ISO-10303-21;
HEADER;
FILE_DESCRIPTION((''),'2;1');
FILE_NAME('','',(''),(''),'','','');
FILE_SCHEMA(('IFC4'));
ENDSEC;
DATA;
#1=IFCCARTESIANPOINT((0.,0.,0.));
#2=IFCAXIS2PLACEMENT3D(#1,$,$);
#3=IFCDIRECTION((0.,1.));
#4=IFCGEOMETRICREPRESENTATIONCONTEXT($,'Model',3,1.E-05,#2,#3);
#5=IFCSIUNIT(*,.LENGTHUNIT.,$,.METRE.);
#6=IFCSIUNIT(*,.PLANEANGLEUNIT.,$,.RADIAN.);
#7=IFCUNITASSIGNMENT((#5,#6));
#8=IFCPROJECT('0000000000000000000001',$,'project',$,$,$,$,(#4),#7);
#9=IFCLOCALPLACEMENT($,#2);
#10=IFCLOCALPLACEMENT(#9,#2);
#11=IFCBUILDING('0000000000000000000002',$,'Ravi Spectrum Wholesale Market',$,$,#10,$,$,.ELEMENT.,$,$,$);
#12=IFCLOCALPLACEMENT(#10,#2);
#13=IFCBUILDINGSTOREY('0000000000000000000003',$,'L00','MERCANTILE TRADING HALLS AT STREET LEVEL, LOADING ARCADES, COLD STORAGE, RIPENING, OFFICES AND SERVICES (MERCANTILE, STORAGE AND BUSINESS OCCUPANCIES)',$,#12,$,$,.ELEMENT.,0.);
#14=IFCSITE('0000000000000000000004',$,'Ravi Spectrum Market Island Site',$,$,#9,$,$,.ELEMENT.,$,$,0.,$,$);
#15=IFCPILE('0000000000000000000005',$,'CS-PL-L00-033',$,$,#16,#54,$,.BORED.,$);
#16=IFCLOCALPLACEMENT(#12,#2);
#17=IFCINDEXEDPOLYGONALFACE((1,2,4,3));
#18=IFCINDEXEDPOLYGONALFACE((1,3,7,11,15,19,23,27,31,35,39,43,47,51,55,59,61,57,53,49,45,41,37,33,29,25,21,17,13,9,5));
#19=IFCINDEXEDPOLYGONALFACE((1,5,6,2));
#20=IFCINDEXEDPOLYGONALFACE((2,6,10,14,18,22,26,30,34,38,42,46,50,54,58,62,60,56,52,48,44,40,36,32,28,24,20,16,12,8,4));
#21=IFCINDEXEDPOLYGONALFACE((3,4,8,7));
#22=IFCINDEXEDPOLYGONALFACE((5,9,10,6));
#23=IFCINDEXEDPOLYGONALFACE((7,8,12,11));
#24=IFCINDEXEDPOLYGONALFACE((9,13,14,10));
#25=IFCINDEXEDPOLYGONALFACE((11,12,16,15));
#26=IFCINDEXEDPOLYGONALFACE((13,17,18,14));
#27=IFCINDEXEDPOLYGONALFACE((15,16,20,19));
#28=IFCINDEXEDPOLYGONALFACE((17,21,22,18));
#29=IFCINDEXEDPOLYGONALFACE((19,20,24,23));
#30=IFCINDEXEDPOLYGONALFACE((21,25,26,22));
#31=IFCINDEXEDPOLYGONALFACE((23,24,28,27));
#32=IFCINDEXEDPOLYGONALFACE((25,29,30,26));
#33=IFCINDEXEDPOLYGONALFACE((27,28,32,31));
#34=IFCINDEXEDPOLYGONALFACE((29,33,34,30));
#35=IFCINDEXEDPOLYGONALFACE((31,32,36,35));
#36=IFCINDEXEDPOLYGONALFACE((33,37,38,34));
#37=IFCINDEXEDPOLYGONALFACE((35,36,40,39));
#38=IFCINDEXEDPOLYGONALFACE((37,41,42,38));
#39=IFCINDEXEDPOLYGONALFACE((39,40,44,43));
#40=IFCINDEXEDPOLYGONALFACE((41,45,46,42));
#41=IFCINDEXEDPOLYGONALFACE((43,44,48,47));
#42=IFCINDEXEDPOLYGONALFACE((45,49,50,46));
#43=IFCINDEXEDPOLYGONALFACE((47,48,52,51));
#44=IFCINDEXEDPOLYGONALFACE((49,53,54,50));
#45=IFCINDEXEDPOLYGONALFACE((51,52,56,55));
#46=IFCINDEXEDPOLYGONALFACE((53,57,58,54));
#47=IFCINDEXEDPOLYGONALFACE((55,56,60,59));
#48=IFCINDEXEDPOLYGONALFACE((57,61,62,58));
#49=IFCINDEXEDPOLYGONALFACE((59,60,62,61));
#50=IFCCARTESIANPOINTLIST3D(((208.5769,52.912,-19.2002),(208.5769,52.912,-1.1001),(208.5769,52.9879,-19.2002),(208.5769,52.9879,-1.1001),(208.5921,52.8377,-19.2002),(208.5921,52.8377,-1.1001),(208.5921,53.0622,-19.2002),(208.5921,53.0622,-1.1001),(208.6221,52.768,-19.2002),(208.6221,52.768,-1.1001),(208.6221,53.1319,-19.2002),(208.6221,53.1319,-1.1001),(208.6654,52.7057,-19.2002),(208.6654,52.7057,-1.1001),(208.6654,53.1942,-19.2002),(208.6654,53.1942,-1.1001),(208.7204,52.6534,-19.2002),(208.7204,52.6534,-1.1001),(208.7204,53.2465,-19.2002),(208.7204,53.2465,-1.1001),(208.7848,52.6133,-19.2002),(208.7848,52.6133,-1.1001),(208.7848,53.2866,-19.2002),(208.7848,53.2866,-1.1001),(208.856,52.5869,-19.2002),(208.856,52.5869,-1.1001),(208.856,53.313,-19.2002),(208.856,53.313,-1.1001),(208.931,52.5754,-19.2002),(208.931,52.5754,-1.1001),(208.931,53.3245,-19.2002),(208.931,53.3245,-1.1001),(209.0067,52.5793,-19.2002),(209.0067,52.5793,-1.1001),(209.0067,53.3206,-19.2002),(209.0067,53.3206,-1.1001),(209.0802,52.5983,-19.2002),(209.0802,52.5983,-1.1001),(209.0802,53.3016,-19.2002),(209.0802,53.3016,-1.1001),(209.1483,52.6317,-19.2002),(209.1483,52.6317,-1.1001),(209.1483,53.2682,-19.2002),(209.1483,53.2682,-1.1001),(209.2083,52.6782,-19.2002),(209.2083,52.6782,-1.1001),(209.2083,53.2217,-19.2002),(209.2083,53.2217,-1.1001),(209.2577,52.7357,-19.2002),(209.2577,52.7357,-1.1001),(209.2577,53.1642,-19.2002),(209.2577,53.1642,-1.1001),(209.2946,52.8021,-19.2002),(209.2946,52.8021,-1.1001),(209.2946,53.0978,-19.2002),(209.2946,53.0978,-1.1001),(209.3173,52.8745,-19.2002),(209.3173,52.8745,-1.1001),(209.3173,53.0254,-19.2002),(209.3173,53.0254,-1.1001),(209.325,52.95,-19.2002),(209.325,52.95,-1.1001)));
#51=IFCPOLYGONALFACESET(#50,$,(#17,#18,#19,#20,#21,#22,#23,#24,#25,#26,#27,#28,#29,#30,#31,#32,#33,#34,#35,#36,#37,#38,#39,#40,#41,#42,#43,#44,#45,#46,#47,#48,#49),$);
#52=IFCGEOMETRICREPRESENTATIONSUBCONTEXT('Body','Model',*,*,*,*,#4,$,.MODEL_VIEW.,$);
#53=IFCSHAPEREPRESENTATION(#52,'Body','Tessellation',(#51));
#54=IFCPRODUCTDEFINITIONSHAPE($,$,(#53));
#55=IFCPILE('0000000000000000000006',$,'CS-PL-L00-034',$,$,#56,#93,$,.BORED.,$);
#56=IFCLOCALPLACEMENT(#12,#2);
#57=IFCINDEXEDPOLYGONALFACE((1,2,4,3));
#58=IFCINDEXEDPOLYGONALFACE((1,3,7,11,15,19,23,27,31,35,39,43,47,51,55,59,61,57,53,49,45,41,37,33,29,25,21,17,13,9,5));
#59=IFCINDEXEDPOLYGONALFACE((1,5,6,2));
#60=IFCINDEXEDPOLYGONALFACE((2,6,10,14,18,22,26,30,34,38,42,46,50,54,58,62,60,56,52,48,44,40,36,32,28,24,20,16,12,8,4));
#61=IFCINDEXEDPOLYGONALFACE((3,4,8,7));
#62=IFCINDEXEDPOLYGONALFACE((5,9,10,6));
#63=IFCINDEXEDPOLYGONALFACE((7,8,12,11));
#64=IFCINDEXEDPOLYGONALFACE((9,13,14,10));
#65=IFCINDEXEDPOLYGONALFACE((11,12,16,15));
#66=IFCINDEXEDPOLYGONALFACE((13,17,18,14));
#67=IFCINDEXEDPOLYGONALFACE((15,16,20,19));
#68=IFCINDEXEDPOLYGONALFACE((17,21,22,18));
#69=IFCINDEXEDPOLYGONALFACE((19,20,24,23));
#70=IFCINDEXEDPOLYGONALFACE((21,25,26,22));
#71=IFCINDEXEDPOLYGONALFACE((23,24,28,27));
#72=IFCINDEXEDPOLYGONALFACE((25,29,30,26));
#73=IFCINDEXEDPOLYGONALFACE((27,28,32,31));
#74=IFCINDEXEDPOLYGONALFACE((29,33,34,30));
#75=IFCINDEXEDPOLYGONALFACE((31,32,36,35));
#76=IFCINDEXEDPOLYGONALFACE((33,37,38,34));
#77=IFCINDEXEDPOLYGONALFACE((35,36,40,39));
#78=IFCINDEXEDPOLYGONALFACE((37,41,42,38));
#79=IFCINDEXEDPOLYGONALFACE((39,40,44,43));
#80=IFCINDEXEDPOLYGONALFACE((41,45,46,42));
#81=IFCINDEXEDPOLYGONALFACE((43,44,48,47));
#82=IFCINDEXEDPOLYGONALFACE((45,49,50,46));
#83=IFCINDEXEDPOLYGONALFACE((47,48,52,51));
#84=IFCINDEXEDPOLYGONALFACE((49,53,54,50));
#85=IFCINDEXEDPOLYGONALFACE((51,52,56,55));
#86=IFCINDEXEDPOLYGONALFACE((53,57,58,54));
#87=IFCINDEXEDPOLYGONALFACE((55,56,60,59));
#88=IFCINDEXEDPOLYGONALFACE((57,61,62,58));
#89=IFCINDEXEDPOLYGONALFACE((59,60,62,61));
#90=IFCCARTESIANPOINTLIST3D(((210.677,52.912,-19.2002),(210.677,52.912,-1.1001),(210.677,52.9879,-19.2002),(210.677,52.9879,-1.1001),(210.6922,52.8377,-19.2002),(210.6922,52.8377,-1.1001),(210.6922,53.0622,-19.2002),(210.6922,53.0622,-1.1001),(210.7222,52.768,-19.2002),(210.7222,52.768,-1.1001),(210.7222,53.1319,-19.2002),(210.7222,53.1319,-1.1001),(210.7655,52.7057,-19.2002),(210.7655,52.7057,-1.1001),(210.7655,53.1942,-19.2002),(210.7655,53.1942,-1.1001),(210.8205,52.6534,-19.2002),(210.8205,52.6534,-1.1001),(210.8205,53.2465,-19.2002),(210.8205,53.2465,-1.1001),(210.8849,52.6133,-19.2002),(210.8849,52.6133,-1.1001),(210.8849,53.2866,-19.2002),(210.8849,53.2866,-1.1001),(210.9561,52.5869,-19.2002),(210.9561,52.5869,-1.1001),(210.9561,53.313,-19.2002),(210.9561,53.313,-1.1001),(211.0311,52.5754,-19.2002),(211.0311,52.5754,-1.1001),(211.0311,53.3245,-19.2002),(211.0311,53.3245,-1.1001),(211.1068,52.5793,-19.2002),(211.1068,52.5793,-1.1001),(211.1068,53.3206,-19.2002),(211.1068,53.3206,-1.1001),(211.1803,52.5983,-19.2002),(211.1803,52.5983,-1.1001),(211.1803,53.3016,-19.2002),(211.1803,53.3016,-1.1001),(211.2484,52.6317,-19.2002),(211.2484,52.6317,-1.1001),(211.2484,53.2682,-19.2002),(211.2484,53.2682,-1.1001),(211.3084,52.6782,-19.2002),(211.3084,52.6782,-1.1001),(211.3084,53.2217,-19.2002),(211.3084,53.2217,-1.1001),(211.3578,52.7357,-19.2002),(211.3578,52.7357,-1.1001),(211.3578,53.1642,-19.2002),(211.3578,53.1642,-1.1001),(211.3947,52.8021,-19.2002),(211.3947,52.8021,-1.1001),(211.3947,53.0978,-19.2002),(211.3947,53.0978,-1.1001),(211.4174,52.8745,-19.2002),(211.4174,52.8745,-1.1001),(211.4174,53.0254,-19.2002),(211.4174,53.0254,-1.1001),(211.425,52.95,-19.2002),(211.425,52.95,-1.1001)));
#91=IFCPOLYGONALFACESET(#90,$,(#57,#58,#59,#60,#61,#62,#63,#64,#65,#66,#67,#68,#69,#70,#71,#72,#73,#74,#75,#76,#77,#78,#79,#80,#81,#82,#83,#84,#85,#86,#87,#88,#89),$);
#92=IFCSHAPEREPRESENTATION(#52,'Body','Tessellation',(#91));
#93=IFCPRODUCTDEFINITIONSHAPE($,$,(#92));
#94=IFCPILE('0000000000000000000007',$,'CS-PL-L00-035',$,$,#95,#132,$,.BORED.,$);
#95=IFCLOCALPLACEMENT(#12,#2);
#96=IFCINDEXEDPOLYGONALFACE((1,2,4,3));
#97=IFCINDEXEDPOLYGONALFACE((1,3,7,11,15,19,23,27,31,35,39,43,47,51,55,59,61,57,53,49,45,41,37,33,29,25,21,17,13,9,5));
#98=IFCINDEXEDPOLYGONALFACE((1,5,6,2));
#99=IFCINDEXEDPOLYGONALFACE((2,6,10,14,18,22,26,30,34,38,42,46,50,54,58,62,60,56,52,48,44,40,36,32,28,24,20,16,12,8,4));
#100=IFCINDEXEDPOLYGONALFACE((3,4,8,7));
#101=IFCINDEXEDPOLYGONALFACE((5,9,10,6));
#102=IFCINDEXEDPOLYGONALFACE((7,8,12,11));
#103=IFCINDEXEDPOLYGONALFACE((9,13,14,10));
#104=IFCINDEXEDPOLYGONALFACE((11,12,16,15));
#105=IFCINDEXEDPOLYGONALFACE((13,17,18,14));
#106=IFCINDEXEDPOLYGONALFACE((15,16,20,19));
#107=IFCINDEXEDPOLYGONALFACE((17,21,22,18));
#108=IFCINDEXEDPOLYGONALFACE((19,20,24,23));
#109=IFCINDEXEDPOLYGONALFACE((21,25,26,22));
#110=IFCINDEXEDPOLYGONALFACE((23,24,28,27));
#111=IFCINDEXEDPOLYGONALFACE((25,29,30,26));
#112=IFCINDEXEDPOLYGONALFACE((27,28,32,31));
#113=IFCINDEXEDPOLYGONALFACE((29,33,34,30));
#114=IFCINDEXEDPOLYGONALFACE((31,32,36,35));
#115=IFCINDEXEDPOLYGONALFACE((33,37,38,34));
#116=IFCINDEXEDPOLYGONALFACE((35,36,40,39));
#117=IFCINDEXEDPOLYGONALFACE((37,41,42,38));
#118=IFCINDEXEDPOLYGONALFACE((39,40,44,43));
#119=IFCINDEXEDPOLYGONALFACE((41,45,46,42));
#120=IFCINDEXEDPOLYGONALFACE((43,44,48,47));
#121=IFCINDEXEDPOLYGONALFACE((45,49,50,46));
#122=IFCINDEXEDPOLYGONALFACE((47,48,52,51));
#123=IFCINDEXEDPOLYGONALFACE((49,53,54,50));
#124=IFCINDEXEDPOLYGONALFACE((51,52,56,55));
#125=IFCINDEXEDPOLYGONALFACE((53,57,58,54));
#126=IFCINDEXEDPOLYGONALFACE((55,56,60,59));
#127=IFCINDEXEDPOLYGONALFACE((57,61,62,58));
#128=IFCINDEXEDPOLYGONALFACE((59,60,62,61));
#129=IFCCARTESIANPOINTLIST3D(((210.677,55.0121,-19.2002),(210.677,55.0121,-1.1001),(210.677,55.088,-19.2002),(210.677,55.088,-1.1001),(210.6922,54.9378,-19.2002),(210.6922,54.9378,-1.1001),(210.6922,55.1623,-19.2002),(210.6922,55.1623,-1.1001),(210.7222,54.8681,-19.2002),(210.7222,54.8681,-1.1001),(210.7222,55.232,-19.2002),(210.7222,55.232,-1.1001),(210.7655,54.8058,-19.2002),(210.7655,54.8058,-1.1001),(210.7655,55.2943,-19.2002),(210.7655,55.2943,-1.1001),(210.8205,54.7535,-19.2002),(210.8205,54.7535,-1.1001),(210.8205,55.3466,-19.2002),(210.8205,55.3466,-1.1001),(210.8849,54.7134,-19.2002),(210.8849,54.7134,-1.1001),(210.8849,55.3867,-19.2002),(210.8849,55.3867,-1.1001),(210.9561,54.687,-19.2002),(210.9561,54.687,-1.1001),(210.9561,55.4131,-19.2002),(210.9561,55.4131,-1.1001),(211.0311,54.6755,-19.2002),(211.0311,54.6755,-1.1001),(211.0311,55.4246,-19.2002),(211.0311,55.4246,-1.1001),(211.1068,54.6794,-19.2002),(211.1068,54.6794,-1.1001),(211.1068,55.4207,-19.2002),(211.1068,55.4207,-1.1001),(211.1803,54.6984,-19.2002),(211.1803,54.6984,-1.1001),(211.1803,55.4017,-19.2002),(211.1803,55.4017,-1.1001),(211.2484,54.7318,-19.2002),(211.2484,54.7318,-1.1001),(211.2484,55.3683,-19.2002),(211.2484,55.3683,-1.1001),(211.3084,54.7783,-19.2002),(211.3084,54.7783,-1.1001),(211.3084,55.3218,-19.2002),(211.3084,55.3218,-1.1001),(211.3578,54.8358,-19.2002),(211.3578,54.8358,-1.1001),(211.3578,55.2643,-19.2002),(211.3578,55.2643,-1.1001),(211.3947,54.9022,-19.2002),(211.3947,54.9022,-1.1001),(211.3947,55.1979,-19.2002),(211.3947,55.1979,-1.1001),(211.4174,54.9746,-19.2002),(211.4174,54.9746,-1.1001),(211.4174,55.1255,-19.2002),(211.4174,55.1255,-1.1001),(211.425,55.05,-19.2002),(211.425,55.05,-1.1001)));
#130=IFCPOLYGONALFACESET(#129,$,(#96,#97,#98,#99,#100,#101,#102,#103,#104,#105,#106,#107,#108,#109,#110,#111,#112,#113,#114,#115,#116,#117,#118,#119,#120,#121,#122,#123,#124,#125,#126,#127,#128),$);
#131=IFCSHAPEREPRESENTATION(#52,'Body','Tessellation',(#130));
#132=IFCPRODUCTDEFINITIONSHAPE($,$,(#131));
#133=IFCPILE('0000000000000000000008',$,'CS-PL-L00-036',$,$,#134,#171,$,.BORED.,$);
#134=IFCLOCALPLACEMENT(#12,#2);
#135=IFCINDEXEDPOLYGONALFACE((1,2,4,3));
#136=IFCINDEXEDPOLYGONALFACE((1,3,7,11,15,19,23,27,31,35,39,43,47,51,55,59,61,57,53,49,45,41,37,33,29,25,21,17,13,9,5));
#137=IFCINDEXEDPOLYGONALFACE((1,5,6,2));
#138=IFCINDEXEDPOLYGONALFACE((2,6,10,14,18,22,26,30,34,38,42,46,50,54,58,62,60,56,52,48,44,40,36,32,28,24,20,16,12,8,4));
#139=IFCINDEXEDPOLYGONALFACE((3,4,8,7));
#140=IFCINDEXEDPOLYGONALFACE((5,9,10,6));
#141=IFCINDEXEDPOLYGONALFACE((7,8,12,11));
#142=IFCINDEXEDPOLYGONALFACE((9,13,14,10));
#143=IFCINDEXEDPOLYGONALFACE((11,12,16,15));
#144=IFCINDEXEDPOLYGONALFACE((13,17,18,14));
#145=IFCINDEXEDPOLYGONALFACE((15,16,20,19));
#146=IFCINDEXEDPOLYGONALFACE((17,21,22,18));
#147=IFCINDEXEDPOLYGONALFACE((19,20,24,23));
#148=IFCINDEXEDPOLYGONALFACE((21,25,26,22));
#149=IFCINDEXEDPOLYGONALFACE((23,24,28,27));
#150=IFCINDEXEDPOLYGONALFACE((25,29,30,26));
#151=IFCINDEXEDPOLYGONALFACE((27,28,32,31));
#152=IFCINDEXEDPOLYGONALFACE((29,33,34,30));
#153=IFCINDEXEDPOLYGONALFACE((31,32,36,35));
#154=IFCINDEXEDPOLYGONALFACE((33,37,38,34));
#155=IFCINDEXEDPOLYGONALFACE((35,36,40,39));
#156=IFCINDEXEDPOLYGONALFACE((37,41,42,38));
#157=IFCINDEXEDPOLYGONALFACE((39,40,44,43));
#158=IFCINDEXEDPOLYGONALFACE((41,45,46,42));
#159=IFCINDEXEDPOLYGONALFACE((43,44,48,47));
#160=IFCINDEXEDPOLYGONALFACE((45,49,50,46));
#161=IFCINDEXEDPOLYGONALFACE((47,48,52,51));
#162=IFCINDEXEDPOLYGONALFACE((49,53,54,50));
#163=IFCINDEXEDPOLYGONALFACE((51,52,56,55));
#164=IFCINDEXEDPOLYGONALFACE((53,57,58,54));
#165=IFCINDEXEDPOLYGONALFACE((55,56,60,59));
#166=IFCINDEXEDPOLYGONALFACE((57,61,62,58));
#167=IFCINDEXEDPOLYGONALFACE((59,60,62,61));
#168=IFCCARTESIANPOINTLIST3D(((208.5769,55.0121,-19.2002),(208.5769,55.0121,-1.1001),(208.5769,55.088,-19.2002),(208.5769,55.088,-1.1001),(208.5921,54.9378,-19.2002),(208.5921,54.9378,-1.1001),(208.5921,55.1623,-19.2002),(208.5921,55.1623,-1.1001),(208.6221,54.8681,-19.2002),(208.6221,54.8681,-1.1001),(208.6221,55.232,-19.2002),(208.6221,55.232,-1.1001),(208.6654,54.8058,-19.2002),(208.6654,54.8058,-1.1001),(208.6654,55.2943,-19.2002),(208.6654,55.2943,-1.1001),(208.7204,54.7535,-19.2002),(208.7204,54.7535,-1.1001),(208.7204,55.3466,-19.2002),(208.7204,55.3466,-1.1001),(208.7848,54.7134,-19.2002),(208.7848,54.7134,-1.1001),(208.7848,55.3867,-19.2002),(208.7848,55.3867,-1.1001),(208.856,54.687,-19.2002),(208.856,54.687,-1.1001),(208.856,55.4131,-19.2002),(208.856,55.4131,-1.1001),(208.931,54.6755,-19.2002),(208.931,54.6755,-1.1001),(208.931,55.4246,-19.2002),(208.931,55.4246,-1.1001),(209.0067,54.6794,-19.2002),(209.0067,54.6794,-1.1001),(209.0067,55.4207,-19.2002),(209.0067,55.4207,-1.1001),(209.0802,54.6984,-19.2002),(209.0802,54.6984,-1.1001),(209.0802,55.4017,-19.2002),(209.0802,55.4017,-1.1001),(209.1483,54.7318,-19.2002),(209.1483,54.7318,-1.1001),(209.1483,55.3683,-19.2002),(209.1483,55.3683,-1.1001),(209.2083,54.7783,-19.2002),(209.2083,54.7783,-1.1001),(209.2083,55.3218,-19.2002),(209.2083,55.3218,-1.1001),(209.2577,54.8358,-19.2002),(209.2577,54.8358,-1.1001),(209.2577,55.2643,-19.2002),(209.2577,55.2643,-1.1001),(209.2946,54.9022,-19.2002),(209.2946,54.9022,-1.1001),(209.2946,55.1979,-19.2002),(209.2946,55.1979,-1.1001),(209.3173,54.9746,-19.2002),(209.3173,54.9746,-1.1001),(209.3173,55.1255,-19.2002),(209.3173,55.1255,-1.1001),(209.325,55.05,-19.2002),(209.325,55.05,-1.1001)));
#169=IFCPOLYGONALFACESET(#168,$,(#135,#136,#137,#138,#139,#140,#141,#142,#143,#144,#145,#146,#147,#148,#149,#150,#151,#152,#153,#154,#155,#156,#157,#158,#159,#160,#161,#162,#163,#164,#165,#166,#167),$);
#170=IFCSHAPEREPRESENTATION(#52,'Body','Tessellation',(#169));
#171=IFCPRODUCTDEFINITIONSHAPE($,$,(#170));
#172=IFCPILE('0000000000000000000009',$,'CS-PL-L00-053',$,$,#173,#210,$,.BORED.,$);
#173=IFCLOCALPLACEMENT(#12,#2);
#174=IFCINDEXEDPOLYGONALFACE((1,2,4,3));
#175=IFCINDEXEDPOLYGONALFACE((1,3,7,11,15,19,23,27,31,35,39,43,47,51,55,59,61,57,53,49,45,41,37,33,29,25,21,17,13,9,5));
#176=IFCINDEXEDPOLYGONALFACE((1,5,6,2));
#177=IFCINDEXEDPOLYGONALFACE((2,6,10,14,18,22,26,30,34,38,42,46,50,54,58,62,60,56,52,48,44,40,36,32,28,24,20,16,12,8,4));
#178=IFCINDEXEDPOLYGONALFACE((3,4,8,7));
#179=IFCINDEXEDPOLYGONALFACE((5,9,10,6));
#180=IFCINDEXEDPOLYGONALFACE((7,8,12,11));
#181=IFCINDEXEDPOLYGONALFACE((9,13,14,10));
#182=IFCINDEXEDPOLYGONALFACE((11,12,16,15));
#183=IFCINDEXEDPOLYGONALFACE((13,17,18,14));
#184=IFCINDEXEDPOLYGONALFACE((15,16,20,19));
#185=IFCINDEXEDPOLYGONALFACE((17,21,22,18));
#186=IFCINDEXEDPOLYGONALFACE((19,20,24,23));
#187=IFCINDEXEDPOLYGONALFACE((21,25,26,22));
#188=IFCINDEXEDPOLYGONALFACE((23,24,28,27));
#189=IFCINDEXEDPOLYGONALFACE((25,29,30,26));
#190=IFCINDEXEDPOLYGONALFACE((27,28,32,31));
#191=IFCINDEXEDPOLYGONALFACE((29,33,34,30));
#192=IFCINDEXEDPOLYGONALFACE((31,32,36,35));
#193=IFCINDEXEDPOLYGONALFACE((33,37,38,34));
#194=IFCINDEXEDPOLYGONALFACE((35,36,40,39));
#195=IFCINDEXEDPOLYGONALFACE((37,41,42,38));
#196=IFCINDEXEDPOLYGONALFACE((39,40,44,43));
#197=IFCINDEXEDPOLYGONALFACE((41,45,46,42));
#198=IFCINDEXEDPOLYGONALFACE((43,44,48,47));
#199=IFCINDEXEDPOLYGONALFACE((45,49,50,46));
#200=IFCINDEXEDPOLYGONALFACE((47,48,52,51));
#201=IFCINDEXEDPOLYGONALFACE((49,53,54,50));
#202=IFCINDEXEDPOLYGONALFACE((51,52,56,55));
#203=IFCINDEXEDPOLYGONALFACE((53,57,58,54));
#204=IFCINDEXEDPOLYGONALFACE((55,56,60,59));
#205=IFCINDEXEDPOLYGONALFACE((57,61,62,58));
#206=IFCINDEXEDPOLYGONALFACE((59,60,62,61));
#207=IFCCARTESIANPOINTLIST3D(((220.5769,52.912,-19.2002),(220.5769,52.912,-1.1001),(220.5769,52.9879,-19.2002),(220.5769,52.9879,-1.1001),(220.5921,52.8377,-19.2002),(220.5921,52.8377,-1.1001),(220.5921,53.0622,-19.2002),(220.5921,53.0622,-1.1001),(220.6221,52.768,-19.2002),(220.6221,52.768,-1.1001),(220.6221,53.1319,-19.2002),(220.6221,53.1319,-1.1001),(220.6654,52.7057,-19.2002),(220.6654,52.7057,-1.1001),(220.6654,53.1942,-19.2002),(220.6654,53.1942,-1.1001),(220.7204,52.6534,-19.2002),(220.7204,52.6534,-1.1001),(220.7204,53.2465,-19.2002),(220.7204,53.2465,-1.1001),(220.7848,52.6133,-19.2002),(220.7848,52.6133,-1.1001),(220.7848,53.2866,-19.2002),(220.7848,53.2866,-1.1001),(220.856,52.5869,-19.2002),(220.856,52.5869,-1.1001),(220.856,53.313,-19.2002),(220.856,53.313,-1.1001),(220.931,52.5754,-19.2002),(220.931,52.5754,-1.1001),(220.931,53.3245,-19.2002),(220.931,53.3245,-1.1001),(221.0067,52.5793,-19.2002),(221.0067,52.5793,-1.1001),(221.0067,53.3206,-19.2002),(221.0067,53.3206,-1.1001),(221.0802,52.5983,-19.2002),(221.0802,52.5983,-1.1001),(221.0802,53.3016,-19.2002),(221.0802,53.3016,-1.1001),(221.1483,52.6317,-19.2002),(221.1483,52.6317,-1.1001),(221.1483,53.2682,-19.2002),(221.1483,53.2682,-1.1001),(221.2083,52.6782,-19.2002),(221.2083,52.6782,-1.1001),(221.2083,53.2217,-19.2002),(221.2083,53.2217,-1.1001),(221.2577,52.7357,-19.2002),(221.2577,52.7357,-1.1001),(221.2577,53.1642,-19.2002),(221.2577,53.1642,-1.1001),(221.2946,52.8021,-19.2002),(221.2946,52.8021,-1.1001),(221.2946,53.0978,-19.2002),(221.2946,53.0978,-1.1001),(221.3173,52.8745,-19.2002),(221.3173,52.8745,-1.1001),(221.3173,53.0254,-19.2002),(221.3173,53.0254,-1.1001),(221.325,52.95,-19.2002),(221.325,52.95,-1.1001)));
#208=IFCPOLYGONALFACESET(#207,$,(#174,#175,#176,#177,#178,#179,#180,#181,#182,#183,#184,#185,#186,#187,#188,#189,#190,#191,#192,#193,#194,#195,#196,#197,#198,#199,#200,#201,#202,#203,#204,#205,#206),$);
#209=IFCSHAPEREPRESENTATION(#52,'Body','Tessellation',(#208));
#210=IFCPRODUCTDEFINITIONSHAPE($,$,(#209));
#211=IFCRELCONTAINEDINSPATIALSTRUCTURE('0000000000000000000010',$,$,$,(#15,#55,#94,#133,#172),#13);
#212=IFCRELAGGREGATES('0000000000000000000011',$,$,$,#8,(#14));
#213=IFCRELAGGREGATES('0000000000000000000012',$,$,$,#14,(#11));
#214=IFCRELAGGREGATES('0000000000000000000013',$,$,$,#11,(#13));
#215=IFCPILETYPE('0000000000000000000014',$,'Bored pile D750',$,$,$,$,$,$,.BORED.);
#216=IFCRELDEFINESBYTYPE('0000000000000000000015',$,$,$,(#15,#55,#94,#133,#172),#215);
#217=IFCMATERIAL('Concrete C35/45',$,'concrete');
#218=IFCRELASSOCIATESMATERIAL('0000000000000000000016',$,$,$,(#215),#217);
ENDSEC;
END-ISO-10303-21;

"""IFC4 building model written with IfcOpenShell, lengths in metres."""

from ifc_helpers import new_model, si_unit, direction, frame, origin, origin_2d, place, context, subcontext, project, spatial, circle, extrude, material, material_profile, profile_set, type_object, element, save


model = new_model("IFC4")

# Units and contexts
model_context = context("Model", 3, precision=1e-05, world=origin(), true_north=direction((0.0, 1.0)))
body_context = subcontext(model_context, "Body", "Model", "MODEL_VIEW")
ifc_project = project(units=[si_unit("LENGTHUNIT", "METRE"), si_unit("PLANEANGLEUNIT", "RADIAN")], contexts=[model_context])

# Site, building, storey
site_placement = place(None, origin())
site = spatial("IfcSite", under=ifc_project, at=site_placement, Name="Ravi Spectrum Market Island Site", CompositionType="ELEMENT", RefElevation=0.0)
building_placement = place(site_placement, origin())
building = spatial("IfcBuilding", under=site, at=building_placement, Name="Ravi Spectrum Wholesale Market", CompositionType="ELEMENT")
storey_placement = place(building_placement, origin())
storey = spatial("IfcBuildingStorey", under=building, at=storey_placement, Name="L00", Description="MERCANTILE TRADING HALLS AT STREET LEVEL, LOADING ARCADES, COLD STORAGE, RIPENING, OFFICES AND SERVICES (MERCANTILE, STORAGE AND BUSINESS OCCUPANCIES)", CompositionType="ELEMENT", Elevation=0.0)

# Piles
ifc_material_1 = material(Name="Concrete C35/45", Category="concrete")
ifc_material_profile_1 = material_profile(ifc_material_1, circle(Radius=0.375, at=origin_2d()))
ifc_profile_set_1 = profile_set([ifc_material_profile_1], Name="Concrete C35/45")
pile_type = type_object("IfcPileType", Name="Bored pile D750", PredefinedType="BORED", material=ifc_profile_set_1)
for number, where, z_axis, x_axis, name in (
    (1, (208.95, 52.95, -1.1001), (0.0, 0.0, -1.0), (1.0, 0.0, 0.0), "CS-PL-L00-033"),
    (2, (211.05, 52.95, -1.1001), (0.0, 0.0, -1.0), (1.0, 0.0, 0.0), "CS-PL-L00-034"),
    (3, (211.05, 55.05, -1.1001), (0.0, 0.0, -1.0), (1.0, 0.0, 0.0), "CS-PL-L00-035"),
    (4, (208.95, 55.05, -1.1001), (0.0, 0.0, -1.0), (1.0, 0.0, 0.0), "CS-PL-L00-036"),
    (5, (220.95, 52.95, -1.1001), (0.0, 0.0, -1.0), (1.0, 0.0, 0.0), "CS-PL-L00-053"),
):
    element("IfcPile", number, at=place(storey_placement, frame(where, z_axis=z_axis, x_axis=x_axis)), inside=storey, type_object=pile_type, Name=name, PredefinedType="BORED", context=body_context, shape_type="SweptSolid", body=[
        extrude(circle(Radius=0.375, at=origin_2d()), origin(), (0.0, 0.0, 1.0), 18.1001),
    ])

save(model, "model.ifc")
